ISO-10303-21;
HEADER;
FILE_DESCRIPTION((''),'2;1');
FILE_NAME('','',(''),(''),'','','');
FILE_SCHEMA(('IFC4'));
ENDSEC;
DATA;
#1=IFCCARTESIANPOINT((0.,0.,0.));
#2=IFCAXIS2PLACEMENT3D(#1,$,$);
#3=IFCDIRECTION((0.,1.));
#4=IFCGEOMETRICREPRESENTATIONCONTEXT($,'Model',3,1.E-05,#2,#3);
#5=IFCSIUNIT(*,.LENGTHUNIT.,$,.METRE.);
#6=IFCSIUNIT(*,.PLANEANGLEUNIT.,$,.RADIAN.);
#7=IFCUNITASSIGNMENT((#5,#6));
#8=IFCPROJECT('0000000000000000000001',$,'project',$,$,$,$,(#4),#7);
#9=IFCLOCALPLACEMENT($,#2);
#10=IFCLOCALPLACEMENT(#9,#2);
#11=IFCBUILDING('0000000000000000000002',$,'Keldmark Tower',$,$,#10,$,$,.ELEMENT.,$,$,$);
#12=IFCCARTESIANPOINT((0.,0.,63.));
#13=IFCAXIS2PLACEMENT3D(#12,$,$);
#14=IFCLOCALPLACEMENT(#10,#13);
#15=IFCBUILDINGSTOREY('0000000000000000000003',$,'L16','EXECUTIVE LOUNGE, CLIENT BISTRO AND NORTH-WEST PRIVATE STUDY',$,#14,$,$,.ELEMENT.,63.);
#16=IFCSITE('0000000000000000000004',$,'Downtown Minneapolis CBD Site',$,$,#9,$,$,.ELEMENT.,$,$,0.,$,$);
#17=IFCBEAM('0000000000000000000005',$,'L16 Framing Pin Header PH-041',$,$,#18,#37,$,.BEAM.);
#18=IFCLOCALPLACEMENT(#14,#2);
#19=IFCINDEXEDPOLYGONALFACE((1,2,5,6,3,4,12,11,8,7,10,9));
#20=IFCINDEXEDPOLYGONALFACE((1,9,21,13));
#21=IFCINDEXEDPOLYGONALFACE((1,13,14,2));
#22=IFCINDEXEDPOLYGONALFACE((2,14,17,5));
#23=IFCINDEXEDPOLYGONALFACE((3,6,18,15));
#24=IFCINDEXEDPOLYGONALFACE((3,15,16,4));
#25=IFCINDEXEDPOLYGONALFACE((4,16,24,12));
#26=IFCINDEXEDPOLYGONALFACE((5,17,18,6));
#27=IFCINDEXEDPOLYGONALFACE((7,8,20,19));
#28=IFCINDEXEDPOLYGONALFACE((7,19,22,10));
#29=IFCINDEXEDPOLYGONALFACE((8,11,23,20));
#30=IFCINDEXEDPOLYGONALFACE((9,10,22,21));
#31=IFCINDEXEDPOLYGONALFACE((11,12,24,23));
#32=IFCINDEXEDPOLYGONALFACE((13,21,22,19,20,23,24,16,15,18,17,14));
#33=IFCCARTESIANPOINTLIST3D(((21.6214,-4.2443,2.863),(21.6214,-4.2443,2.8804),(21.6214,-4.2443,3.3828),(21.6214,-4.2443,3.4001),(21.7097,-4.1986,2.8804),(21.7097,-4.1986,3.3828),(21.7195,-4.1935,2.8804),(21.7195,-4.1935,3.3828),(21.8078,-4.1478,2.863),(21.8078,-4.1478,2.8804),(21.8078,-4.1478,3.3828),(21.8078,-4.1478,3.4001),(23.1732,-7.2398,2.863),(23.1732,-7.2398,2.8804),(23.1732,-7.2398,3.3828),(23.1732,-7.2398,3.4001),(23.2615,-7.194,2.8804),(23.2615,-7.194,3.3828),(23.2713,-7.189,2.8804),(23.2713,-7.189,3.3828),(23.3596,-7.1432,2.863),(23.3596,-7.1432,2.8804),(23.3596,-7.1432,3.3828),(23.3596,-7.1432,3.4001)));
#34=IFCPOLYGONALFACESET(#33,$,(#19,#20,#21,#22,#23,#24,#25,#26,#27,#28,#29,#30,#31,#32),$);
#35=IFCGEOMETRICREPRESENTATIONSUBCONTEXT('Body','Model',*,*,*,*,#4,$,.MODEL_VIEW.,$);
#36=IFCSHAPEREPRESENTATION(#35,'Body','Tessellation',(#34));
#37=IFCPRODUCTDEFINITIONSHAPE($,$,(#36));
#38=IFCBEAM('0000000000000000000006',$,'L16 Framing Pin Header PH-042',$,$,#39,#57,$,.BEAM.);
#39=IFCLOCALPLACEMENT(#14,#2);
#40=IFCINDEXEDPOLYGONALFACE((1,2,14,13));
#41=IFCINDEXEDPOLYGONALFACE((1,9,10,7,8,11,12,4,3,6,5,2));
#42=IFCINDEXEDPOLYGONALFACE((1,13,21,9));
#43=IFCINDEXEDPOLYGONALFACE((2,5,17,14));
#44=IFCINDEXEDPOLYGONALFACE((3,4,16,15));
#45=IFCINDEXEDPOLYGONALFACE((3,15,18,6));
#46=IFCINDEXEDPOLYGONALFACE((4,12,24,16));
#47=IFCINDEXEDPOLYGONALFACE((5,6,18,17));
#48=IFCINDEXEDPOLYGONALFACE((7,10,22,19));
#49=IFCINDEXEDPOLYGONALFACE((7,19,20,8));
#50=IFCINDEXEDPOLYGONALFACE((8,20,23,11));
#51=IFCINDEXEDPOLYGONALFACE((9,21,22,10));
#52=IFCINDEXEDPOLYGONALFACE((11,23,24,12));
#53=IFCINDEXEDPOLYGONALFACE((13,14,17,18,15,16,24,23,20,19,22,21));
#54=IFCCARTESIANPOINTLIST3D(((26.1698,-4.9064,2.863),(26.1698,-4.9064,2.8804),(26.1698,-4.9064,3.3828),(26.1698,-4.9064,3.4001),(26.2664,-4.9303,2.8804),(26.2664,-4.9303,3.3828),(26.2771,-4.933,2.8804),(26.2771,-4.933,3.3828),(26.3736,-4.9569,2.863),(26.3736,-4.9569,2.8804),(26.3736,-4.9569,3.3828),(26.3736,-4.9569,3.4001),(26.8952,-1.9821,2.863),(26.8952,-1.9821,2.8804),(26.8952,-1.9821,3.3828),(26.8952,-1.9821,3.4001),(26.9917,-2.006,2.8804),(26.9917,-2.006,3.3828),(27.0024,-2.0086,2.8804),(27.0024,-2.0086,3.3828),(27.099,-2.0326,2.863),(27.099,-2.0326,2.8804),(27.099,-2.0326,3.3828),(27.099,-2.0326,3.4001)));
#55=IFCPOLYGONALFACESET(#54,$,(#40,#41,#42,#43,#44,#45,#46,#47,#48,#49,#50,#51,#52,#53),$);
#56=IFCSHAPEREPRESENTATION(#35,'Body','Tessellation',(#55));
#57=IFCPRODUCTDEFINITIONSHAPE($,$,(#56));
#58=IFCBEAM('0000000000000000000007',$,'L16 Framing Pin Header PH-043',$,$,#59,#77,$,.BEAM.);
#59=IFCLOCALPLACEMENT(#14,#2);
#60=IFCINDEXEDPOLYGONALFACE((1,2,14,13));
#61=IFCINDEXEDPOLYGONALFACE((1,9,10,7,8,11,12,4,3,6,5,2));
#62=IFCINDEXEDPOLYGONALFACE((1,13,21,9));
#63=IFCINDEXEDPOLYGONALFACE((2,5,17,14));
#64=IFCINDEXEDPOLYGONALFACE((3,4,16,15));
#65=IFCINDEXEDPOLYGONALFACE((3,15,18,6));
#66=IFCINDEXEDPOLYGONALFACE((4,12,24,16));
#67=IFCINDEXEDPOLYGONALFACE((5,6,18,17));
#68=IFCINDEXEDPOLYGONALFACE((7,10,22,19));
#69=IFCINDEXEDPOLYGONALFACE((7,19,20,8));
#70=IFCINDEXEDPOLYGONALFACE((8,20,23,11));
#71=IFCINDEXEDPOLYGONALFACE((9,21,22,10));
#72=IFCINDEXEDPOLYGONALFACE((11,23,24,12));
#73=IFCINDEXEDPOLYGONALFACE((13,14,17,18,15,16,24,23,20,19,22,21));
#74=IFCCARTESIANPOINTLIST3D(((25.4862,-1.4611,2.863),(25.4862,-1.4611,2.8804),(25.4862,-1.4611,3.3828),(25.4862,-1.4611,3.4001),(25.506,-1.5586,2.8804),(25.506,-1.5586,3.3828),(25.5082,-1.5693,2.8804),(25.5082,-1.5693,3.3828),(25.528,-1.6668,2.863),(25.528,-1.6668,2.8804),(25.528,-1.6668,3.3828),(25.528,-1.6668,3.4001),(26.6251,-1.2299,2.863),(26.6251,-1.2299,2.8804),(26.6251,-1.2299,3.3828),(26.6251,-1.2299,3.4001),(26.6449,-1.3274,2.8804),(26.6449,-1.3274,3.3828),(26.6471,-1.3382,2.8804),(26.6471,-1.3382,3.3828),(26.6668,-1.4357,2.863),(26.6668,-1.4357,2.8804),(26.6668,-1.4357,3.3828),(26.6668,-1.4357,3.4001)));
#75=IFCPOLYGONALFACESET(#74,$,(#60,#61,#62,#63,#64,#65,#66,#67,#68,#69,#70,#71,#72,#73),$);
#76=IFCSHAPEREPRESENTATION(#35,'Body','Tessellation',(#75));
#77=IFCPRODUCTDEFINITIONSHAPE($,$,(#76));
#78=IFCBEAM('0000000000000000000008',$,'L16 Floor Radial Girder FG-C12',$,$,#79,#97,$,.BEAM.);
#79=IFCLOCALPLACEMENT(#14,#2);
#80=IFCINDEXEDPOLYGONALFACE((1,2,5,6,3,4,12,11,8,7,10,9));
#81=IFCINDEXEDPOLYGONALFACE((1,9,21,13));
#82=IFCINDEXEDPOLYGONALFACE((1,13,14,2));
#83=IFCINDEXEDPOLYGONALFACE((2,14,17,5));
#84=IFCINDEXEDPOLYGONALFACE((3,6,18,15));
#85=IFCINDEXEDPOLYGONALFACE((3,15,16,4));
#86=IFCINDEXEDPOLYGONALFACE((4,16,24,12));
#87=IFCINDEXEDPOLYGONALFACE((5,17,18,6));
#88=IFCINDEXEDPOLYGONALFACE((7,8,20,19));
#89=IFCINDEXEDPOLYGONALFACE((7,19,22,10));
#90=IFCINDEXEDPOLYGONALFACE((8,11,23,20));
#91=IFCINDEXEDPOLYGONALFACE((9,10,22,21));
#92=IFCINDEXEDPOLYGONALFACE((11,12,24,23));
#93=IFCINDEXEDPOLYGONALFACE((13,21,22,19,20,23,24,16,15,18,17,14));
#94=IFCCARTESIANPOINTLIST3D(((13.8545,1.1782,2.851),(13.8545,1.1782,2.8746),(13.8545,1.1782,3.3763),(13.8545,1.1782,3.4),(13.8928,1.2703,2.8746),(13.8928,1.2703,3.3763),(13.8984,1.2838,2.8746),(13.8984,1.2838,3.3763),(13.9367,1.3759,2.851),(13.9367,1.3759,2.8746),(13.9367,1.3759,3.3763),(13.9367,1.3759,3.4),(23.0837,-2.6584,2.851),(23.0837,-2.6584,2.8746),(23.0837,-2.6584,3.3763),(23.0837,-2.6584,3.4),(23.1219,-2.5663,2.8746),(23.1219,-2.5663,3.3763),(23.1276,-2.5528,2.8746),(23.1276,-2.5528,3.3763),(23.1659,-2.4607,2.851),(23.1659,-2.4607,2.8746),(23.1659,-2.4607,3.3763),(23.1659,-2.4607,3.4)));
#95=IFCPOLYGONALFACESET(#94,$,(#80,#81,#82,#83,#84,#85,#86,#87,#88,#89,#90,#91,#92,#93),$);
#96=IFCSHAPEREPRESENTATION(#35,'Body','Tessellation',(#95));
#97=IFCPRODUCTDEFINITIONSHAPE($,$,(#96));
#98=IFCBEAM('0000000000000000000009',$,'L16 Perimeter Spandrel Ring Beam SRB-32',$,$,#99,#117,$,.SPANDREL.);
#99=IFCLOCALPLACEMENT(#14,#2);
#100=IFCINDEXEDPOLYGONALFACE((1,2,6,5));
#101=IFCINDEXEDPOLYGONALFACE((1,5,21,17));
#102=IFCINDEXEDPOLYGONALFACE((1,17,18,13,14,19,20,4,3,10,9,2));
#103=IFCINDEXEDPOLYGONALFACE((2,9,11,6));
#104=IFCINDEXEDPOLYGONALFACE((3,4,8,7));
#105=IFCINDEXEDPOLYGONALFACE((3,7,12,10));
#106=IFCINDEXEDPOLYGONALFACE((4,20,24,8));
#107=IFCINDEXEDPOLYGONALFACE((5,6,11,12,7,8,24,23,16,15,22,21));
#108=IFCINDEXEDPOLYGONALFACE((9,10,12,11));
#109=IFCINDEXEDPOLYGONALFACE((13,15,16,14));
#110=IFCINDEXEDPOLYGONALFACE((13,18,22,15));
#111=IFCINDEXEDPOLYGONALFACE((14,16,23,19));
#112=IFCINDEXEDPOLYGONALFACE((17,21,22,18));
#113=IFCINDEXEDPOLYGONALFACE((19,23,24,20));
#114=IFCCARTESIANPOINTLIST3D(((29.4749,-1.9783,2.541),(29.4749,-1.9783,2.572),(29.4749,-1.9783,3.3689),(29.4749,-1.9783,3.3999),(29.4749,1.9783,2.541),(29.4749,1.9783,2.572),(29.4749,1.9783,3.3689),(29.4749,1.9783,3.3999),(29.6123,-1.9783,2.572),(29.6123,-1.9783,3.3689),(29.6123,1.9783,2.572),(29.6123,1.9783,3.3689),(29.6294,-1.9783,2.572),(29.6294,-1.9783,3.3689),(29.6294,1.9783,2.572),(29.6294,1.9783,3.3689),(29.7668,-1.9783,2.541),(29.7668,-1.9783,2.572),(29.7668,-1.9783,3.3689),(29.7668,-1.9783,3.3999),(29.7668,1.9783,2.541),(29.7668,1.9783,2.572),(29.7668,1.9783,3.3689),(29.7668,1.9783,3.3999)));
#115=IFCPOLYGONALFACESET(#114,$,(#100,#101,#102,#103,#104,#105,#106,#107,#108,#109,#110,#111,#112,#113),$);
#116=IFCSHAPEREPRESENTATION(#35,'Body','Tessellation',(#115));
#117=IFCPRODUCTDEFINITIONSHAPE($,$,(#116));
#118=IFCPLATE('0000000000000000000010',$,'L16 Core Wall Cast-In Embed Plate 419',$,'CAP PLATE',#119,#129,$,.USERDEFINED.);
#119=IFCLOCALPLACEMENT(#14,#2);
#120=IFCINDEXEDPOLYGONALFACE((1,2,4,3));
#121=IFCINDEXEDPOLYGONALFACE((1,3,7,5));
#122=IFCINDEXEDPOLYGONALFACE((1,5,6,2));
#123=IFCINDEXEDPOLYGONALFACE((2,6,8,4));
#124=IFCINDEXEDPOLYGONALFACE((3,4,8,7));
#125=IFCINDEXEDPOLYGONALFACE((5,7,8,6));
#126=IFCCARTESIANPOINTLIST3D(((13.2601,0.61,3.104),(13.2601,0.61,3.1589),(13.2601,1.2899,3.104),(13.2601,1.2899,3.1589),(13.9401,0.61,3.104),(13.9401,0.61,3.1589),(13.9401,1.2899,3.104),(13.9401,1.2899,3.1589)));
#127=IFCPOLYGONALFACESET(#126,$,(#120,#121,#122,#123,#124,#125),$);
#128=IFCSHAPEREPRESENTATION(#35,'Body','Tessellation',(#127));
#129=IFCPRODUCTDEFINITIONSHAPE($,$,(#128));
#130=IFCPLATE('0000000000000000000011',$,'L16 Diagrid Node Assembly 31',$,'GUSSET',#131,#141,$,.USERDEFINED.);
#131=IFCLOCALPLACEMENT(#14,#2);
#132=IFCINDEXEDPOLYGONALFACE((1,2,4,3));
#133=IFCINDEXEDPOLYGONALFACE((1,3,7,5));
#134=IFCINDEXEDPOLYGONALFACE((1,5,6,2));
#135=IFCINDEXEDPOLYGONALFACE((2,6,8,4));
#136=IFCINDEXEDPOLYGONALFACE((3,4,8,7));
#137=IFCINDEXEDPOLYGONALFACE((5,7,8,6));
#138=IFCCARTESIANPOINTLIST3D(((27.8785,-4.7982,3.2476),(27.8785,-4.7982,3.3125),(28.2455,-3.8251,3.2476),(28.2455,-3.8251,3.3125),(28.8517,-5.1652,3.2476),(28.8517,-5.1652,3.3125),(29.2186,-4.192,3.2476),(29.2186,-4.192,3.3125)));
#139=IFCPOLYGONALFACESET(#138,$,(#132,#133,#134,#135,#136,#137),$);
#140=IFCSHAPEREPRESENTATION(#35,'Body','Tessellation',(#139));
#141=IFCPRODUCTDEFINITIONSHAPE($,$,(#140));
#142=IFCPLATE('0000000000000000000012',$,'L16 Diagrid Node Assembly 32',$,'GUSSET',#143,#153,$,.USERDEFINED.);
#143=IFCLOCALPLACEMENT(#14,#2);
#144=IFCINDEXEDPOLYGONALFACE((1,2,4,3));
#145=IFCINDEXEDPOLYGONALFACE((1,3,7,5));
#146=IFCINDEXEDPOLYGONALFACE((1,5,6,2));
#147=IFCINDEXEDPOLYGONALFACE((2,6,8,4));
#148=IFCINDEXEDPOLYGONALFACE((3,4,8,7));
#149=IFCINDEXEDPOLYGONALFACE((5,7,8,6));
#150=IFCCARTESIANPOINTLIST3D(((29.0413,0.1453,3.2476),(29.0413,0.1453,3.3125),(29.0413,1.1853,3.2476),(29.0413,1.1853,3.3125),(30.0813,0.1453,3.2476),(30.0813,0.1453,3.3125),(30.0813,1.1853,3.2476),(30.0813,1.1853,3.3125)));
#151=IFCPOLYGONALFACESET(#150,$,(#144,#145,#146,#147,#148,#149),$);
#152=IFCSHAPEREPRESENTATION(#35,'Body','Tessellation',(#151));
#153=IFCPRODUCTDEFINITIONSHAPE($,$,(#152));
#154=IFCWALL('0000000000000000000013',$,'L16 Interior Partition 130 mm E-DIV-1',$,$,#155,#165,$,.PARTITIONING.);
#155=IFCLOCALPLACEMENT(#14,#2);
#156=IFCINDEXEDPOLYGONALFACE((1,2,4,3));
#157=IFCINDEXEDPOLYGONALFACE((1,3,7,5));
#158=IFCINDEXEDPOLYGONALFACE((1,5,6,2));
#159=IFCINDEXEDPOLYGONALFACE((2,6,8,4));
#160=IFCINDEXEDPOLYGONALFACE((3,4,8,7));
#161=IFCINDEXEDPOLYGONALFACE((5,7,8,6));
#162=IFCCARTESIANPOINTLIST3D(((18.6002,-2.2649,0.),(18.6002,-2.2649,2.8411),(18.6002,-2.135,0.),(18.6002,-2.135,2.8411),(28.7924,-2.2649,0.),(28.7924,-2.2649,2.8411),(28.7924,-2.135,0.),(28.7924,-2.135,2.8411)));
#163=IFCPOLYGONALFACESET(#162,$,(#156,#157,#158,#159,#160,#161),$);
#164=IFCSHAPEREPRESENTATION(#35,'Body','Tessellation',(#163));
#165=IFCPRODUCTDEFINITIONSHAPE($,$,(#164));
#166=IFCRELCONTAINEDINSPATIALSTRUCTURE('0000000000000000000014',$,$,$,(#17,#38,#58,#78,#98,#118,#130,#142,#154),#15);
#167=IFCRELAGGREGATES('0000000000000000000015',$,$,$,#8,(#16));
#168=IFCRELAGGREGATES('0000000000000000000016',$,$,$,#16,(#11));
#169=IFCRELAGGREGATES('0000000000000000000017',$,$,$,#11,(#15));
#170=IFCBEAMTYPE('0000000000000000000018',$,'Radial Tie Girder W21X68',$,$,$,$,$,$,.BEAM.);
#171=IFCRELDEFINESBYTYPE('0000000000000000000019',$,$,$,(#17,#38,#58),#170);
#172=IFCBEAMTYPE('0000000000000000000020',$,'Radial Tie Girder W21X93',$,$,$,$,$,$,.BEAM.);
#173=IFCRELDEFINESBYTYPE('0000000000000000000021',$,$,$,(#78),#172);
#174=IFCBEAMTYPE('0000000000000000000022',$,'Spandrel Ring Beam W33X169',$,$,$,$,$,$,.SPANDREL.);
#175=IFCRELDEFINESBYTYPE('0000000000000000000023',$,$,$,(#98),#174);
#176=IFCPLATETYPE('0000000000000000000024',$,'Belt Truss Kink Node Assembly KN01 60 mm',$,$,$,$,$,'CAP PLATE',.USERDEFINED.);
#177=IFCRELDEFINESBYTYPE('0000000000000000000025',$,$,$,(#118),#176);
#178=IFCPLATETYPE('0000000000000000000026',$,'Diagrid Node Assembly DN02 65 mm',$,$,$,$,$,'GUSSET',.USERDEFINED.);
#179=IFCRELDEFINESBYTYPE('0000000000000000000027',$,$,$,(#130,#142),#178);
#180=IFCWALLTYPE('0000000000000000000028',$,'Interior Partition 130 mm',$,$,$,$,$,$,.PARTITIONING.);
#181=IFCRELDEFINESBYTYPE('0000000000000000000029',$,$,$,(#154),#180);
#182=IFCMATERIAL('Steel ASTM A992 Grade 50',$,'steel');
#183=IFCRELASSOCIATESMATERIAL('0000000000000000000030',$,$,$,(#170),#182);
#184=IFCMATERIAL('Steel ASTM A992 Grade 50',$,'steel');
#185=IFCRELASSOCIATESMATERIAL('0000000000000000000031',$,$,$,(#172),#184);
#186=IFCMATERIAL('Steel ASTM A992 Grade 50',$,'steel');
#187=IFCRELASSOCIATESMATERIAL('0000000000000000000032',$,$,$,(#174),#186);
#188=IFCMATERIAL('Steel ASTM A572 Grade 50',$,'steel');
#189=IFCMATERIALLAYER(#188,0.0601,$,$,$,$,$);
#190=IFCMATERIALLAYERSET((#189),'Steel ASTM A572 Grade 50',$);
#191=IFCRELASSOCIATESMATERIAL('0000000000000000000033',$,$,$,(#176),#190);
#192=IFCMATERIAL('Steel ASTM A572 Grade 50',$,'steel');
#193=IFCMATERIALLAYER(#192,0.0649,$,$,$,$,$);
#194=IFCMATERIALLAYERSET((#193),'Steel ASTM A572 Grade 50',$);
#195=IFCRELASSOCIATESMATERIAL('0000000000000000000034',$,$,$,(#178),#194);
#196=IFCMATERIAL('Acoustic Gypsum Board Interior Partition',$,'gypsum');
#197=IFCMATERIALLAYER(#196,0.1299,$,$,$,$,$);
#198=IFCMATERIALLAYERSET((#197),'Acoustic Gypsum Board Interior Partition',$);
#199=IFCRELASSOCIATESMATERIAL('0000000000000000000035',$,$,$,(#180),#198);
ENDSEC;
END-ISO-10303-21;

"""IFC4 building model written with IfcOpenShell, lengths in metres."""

from ifc_helpers import new_model, si_unit, direction, frame, frame_2d, origin, origin_2d, place, context, subcontext, project, spatial, rectangle, i_section, extrude, material, layer, layer_set, material_profile, profile_set, type_object, element, save


model = new_model("IFC4")

# Units and contexts
model_context = context("Model", 3, precision=1e-05, world=origin(), true_north=direction((0.0, 1.0)))
body_context = subcontext(model_context, "Body", "Model", "MODEL_VIEW")
ifc_project = project(units=[si_unit("LENGTHUNIT", "METRE"), si_unit("PLANEANGLEUNIT", "RADIAN")], contexts=[model_context])

# Site, building, storey
site_placement = place(None, origin())
site = spatial("IfcSite", under=ifc_project, at=site_placement, Name="Downtown Minneapolis CBD Site", CompositionType="ELEMENT", RefElevation=0.0)
building_placement = place(site_placement, origin())
building = spatial("IfcBuilding", under=site, at=building_placement, Name="Keldmark Tower", CompositionType="ELEMENT")
storey_placement = place(building_placement, frame((0.0, 0.0, 63.0)))
storey = spatial("IfcBuildingStorey", under=building, at=storey_placement, Name="L16", Description="EXECUTIVE LOUNGE, CLIENT BISTRO AND NORTH-WEST PRIVATE STUDY", CompositionType="ELEMENT", Elevation=63.0)

# Beams
ifc_material_1 = material(Name="Steel ASTM A992 Grade 50", Category="steel")
ifc_material_profile_1 = material_profile(ifc_material_1, i_section(OverallWidth=0.21, OverallDepth=0.5371, WebThickness=0.011, FlangeThickness=0.0173, at=origin_2d()), Name="W21X68")
ifc_profile_set_1 = profile_set([ifc_material_profile_1], Name="Steel ASTM A992 Grade 50")
beam_type_1 = type_object("IfcBeamType", Name="Radial Tie Girder W21X68", PredefinedType="BEAM", material=ifc_profile_set_1)
beam_1_placement = place(storey_placement, frame((21.7146, -4.196, 3.1316), z_axis=(0.459992, -0.887923, 0.0), x_axis=(0.887923, 0.459992, 0.0)))
element("IfcBeam", 1, at=beam_1_placement, inside=storey, type_object=beam_type_1, Name="L16 Framing Pin Header PH-041", PredefinedType="BEAM", context=body_context, shape_type="SweptSolid", body=[
    extrude(i_section(OverallWidth=0.21, OverallDepth=0.5371, WebThickness=0.011, FlangeThickness=0.0173, at=origin_2d()), origin(), (0.0, 0.0, 1.0), 3.3735),
])
beam_2_placement = place(storey_placement, frame((26.9971, -2.0073, 3.1316), z_axis=(-0.240743, -0.970589, 0.0), x_axis=(0.970589, -0.240743, 0.0)))
element("IfcBeam", 2, at=beam_2_placement, inside=storey, type_object=beam_type_1, Name="L16 Framing Pin Header PH-042", PredefinedType="BEAM", context=body_context, shape_type="SweptSolid", body=[
    extrude(i_section(OverallWidth=0.21, OverallDepth=0.5371, WebThickness=0.011, FlangeThickness=0.0173, at=origin_2d()), origin(), (0.0, 0.0, 1.0), 3.0129),
])
beam_3_placement = place(storey_placement, frame((25.5071, -1.564, 3.1316), z_axis=(0.980011, 0.198943, 0.0), x_axis=(-0.198943, 0.980011, 0.0)))
element("IfcBeam", 3, at=beam_3_placement, inside=storey, type_object=beam_type_1, Name="L16 Framing Pin Header PH-043", PredefinedType="BEAM", context=body_context, shape_type="SweptSolid", body=[
    extrude(i_section(OverallWidth=0.21, OverallDepth=0.5371, WebThickness=0.011, FlangeThickness=0.0173, at=origin_2d()), origin(), (0.0, 0.0, 1.0), 1.1621),
])
ifc_material_2 = material(Name="Steel ASTM A992 Grade 50", Category="steel")
ifc_material_profile_2 = material_profile(ifc_material_2, i_section(OverallWidth=0.2141, OverallDepth=0.5491, WebThickness=0.0146, FlangeThickness=0.0237, at=origin_2d()), Name="W21X93")
ifc_profile_set_2 = profile_set([ifc_material_profile_2], Name="Steel ASTM A992 Grade 50")
beam_type_2 = type_object("IfcBeamType", Name="Radial Tie Girder W21X93", PredefinedType="BEAM", material=ifc_profile_set_2)
beam_4_placement = place(storey_placement, frame((23.1248, -2.5596, 3.1255), z_axis=(-0.923391, 0.383861, 0.0), x_axis=(-0.383861, -0.923391, 0.0)))
element("IfcBeam", 4, at=beam_4_placement, inside=storey, type_object=beam_type_2, Name="L16 Floor Radial Girder FG-C12", PredefinedType="BEAM", context=body_context, shape_type="SweptSolid", body=[
    extrude(i_section(OverallWidth=0.2141, OverallDepth=0.5491, WebThickness=0.0146, FlangeThickness=0.0237, at=origin_2d()), origin(), (0.0, 0.0, 1.0), 9.9949),
])
ifc_material_3 = material(Name="Steel ASTM A992 Grade 50", Category="steel")
ifc_material_profile_3 = material_profile(ifc_material_3, i_section(OverallWidth=0.292, OverallDepth=0.8589, WebThickness=0.0171, FlangeThickness=0.031, at=origin_2d()), Name="W33X169")
ifc_profile_set_3 = profile_set([ifc_material_profile_3], Name="Steel ASTM A992 Grade 50")
beam_type_3 = type_object("IfcBeamType", Name="Spandrel Ring Beam W33X169", PredefinedType="SPANDREL", material=ifc_profile_set_3)
beam_5_placement = place(storey_placement, frame((29.6208, -1.9783, 2.9705), z_axis=(0.0, 1.0, 0.0), x_axis=(-1.0, 0.0, 0.0)))
element("IfcBeam", 5, at=beam_5_placement, inside=storey, type_object=beam_type_3, Name="L16 Perimeter Spandrel Ring Beam SRB-32", PredefinedType="SPANDREL", context=body_context, shape_type="SweptSolid", body=[
    extrude(i_section(OverallWidth=0.292, OverallDepth=0.8589, WebThickness=0.0171, FlangeThickness=0.031, at=origin_2d()), origin(), (0.0, 0.0, 1.0), 3.9565),
])

# Plates
ifc_material_4 = material(Name="Steel ASTM A572 Grade 50", Category="steel")
ifc_layer_1 = layer(ifc_material_4, 0.0601)
ifc_layer_set_1 = layer_set([ifc_layer_1], Name="Steel ASTM A572 Grade 50")
plate_type_1 = type_object("IfcPlateType", Name="Belt Truss Kink Node Assembly KN01 60 mm", ElementType="CAP PLATE", PredefinedType="USERDEFINED", material=ifc_layer_set_1)
plate_placement = place(storey_placement, frame((13.6001, 0.95, 3.104), z_axis=(0.0, 0.0, 1.0), x_axis=(1.0, 0.0, 0.0)))
element("IfcPlate", 6, at=plate_placement, inside=storey, type_object=plate_type_1, Name="L16 Core Wall Cast-In Embed Plate 419", ObjectType="CAP PLATE", PredefinedType="USERDEFINED", context=body_context, shape_type="SweptSolid", body=[
    extrude(rectangle(XDim=0.6799, YDim=0.6799, at=origin_2d()), origin(), (0.0, 0.0, 1.0), 0.0549),
])
ifc_material_5 = material(Name="Steel ASTM A572 Grade 50", Category="steel")
ifc_layer_2 = layer(ifc_material_5, 0.0649)
ifc_layer_set_2 = layer_set([ifc_layer_2], Name="Steel ASTM A572 Grade 50")
plate_type_2 = type_object("IfcPlateType", Name="Diagrid Node Assembly DN02 65 mm", ElementType="GUSSET", PredefinedType="USERDEFINED", material=ifc_layer_set_2)
for number, where, z_axis, x_axis, name in (
    (7, (28.5486, -4.4951, 3.2476), (0.0, 0.0, 1.0), (0.352822, 0.935691, 0.0), "L16 Diagrid Node Assembly 31"),
    (8, (29.5613, 0.6653, 3.2476), (0.0, 0.0, 1.0), (0.0, 1.0, 0.0), "L16 Diagrid Node Assembly 32"),
):
    element("IfcPlate", number, at=place(storey_placement, frame(where, z_axis=z_axis, x_axis=x_axis)), inside=storey, type_object=plate_type_2, Name=name, ObjectType="GUSSET", PredefinedType="USERDEFINED", context=body_context, shape_type="SweptSolid", body=[
        extrude(rectangle(XDim=1.04, YDim=1.04, at=origin_2d()), origin(), (0.0, 0.0, 1.0), 0.0649),
    ])

# Wall
ifc_material_6 = material(Name="Acoustic Gypsum Board Interior Partition", Category="gypsum")
ifc_layer_3 = layer(ifc_material_6, 0.1299)
ifc_layer_set_3 = layer_set([ifc_layer_3], Name="Acoustic Gypsum Board Interior Partition")
wall_type_1 = type_object("IfcWallType", Name="Interior Partition 130 mm", PredefinedType="PARTITIONING", material=ifc_layer_set_3)
wall_1_placement = place(storey_placement, frame((18.6001, -2.2, 0.0), z_axis=(0.0, 0.0, 1.0), x_axis=(1.0, 0.0, 0.0)))
element("IfcWall", 9, at=wall_1_placement, inside=storey, type_object=wall_type_1, Name="L16 Interior Partition 130 mm E-DIV-1", PredefinedType="PARTITIONING", context=body_context, shape_type="SweptSolid", body=[
    extrude(rectangle(XDim=10.1921, YDim=0.1299, at=frame_2d((5.0962, 0.0))), origin(), (0.0, 0.0, 1.0), 2.8411),
])

save(model, "model.ifc")
